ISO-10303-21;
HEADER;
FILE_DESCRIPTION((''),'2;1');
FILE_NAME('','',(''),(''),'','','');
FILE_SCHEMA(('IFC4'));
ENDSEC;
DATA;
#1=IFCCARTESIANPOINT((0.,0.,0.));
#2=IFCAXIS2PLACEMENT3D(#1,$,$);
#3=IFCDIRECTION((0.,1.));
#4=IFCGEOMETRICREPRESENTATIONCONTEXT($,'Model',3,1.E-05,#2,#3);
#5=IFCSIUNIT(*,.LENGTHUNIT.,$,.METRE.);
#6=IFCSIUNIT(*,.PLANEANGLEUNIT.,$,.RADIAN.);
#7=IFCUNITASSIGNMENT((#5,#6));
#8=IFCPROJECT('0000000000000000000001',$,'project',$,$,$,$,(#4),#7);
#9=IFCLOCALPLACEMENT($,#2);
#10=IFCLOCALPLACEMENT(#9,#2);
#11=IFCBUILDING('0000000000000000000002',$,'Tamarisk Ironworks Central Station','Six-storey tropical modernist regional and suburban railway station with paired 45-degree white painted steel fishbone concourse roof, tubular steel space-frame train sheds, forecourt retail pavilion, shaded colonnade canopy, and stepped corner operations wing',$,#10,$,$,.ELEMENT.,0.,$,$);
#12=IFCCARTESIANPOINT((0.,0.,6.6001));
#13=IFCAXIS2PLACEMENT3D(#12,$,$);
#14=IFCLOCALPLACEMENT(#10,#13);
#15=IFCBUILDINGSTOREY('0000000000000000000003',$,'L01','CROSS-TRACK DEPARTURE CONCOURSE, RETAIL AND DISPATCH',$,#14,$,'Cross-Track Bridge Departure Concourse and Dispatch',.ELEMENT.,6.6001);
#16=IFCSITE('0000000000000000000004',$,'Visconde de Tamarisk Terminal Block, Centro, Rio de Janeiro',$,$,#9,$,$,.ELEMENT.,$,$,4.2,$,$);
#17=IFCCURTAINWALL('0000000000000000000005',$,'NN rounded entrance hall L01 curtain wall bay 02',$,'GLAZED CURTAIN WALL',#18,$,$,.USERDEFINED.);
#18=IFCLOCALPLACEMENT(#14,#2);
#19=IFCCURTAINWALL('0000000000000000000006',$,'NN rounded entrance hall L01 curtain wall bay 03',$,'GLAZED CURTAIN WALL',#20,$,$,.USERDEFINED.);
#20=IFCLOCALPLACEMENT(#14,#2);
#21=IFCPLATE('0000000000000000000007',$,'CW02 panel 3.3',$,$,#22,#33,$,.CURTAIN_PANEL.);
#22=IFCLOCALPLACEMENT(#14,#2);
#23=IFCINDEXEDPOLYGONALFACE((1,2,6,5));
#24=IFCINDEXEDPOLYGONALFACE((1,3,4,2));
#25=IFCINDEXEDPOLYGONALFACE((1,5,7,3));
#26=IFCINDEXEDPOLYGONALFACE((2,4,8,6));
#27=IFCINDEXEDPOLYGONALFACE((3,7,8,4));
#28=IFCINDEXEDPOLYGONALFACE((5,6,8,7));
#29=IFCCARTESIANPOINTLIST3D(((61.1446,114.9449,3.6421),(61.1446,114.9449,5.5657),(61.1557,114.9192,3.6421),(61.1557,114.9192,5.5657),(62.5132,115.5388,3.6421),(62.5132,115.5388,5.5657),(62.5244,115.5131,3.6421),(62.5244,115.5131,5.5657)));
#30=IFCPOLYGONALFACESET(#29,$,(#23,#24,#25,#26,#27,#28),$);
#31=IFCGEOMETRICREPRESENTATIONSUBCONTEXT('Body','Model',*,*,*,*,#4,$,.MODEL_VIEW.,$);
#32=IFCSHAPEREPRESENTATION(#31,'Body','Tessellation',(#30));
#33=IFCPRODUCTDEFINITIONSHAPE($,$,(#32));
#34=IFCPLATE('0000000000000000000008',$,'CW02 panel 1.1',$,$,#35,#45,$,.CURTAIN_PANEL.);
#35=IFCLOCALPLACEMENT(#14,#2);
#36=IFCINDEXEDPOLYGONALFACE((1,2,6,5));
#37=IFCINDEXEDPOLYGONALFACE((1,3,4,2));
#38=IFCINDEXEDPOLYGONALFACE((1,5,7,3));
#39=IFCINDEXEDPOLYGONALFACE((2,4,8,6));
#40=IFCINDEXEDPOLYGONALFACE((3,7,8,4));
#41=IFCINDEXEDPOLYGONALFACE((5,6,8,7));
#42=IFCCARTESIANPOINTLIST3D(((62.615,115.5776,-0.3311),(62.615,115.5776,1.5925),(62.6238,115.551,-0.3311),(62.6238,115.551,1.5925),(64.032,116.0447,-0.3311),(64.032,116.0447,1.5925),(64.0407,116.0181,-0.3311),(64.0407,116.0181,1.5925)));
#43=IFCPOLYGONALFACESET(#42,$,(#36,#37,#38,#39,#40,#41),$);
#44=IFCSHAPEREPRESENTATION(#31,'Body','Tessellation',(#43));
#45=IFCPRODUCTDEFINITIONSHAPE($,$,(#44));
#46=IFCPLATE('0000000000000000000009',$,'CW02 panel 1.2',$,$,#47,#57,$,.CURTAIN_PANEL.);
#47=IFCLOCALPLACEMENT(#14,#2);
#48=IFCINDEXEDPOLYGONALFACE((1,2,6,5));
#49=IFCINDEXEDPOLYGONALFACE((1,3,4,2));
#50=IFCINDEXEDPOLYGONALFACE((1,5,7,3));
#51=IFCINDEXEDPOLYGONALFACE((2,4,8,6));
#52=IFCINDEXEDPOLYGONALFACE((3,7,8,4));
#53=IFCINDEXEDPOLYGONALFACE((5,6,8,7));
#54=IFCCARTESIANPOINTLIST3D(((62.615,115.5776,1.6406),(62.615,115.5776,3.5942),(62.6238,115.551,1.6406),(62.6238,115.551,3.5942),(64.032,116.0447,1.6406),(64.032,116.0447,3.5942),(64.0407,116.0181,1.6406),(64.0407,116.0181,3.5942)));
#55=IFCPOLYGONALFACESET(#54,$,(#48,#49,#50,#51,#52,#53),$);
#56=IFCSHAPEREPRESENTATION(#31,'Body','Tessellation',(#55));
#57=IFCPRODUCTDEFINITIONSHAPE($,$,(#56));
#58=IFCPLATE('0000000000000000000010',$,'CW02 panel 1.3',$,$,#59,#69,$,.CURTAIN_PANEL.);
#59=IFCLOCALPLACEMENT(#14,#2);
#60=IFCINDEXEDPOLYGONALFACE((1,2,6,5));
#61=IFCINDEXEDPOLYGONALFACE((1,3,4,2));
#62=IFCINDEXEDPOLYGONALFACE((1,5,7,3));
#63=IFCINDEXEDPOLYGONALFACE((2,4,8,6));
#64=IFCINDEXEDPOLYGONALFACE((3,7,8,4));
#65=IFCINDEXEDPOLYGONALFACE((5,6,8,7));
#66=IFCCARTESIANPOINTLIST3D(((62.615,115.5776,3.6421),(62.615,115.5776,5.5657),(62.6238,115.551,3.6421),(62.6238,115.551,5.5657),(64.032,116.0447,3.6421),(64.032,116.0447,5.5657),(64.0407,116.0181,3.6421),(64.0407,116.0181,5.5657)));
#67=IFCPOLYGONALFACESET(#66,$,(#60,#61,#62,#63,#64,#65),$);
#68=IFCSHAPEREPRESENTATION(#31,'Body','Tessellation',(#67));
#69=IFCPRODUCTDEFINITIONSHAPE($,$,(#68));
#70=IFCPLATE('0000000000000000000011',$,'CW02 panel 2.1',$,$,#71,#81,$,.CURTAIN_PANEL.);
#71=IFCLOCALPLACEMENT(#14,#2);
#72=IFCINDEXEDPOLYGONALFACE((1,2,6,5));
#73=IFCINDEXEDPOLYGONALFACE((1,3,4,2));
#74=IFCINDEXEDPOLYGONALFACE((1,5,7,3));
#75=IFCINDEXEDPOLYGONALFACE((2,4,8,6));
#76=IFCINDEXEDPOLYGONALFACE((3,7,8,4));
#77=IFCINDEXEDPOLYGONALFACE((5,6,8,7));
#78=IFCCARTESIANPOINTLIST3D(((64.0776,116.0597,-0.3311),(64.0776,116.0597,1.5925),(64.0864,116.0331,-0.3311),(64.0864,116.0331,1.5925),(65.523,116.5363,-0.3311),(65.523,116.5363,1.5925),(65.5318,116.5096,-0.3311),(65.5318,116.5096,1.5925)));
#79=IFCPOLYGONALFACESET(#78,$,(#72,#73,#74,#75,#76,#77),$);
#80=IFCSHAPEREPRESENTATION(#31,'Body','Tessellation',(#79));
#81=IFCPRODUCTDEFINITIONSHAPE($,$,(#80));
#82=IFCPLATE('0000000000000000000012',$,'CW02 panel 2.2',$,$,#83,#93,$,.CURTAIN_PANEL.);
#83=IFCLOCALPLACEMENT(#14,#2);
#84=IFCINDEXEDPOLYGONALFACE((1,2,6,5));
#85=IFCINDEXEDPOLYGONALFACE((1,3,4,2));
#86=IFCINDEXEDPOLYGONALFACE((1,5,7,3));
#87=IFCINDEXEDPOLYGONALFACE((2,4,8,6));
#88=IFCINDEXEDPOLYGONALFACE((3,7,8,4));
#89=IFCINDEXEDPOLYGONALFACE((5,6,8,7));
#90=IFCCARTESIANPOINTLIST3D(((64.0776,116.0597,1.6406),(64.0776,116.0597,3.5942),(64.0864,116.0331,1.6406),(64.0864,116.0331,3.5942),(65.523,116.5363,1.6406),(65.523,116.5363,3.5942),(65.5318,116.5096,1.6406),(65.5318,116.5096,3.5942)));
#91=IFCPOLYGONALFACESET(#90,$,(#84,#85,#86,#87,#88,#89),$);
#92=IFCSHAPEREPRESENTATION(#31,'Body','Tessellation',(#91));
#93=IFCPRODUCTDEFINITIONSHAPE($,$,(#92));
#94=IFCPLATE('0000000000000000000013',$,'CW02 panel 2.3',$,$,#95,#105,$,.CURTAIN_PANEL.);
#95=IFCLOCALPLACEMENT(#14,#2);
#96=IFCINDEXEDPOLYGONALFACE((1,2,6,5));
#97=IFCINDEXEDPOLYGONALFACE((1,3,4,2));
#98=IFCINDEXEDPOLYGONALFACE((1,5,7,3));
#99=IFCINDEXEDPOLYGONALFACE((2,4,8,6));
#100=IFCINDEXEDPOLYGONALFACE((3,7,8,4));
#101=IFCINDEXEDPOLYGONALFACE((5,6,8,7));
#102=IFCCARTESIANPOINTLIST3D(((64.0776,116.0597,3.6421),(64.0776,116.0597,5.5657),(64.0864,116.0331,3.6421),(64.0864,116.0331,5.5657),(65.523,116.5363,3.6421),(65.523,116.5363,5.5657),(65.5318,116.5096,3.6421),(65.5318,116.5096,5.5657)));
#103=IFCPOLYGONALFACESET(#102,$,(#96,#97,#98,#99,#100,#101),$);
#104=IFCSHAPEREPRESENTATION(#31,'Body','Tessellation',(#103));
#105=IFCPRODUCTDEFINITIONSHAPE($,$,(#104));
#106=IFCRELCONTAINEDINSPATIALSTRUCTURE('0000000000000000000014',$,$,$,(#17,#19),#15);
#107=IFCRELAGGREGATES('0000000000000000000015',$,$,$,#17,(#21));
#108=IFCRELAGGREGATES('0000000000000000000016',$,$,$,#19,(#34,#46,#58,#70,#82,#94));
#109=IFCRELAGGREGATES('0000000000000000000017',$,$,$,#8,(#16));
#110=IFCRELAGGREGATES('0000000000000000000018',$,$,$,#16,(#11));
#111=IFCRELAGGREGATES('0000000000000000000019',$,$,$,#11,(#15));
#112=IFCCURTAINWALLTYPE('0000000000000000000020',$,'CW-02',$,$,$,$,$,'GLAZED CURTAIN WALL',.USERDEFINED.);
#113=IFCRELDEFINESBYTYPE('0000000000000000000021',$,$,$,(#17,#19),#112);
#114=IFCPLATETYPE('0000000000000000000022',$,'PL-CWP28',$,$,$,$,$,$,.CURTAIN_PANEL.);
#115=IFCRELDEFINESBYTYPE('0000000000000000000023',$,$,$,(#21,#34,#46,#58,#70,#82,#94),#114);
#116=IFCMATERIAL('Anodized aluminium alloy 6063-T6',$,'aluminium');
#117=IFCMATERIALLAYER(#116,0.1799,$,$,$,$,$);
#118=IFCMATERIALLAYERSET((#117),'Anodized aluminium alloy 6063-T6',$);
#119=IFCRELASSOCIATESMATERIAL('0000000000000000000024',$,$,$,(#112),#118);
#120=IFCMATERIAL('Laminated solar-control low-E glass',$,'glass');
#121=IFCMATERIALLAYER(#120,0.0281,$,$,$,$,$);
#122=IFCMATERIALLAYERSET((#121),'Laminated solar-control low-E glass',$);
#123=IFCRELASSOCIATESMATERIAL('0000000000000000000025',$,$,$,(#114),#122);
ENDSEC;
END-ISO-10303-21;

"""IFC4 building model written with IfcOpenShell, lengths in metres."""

from ifc_helpers import new_model, si_unit, direction, frame, origin, origin_2d, place, context, subcontext, project, spatial, rectangle, extrude, material, layer, layer_set, type_object, element, aggregate, save


model = new_model("IFC4")

# Units and contexts
model_context = context("Model", 3, precision=1e-05, world=origin(), true_north=direction((0.0, 1.0)))
body_context = subcontext(model_context, "Body", "Model", "MODEL_VIEW")
ifc_project = project(units=[si_unit("LENGTHUNIT", "METRE"), si_unit("PLANEANGLEUNIT", "RADIAN")], contexts=[model_context])

# Site, building, storey
site_placement = place(None, origin())
site = spatial("IfcSite", under=ifc_project, at=site_placement, Name="Visconde de Tamarisk Terminal Block, Centro, Rio de Janeiro", CompositionType="ELEMENT", RefElevation=4.2)
building_placement = place(site_placement, origin())
building = spatial("IfcBuilding", under=site, at=building_placement, Name="Tamarisk Ironworks Central Station", Description="Six-storey tropical modernist regional and suburban railway station with paired 45-degree white painted steel fishbone concourse roof, tubular steel space-frame train sheds, forecourt retail pavilion, shaded colonnade canopy, and stepped corner operations wing", CompositionType="ELEMENT", ElevationOfRefHeight=0.0)
storey_placement = place(building_placement, frame((0.0, 0.0, 6.6001)))
storey = spatial("IfcBuildingStorey", under=building, at=storey_placement, Name="L01", Description="CROSS-TRACK DEPARTURE CONCOURSE, RETAIL AND DISPATCH", LongName="Cross-Track Bridge Departure Concourse and Dispatch", CompositionType="ELEMENT", Elevation=6.6001)

# Curtain wall
ifc_material_1 = material(Name="Anodized aluminium alloy 6063-T6", Category="aluminium")
ifc_layer_1 = layer(ifc_material_1, 0.1799)
ifc_layer_set_1 = layer_set([ifc_layer_1], Name="Anodized aluminium alloy 6063-T6")
curtain_wall_type = type_object("IfcCurtainWallType", Name="CW-02", ElementType="GLAZED CURTAIN WALL", PredefinedType="USERDEFINED", material=ifc_layer_set_1)
curtain_wall_1_placement = place(storey_placement, origin())
curtain_wall_1 = element("IfcCurtainWall", 1, at=curtain_wall_1_placement, inside=storey, type_object=curtain_wall_type, Name="NN rounded entrance hall L01 curtain wall bay 02", ObjectType="GLAZED CURTAIN WALL", PredefinedType="USERDEFINED")

# Curtain wall
curtain_wall_2_placement = place(storey_placement, origin())
curtain_wall_2 = element("IfcCurtainWall", 2, at=curtain_wall_2_placement, inside=storey, type_object=curtain_wall_type, Name="NN rounded entrance hall L01 curtain wall bay 03", ObjectType="GLAZED CURTAIN WALL", PredefinedType="USERDEFINED")

# Plates
ifc_material_2 = material(Name="Laminated solar-control low-E glass", Category="glass")
ifc_layer_2 = layer(ifc_material_2, 0.0281)
ifc_layer_set_2 = layer_set([ifc_layer_2], Name="Laminated solar-control low-E glass")
plate_type = type_object("IfcPlateType", Name="PL-CWP28", PredefinedType="CURTAIN_PANEL", material=ifc_layer_set_2)
plate_1_placement = place(storey_placement, frame((61.8345, 115.229, 3.6421), z_axis=(0.0, 0.0, 1.0), x_axis=(0.917352, 0.398077, 0.0)))
plate_1 = element("IfcPlate", 3, at=plate_1_placement, type_object=plate_type, Name="CW02 panel 3.3", PredefinedType="CURTAIN_PANEL", context=body_context, shape_type="SweptSolid", body=[
    extrude(rectangle(XDim=1.4919, YDim=0.0281, at=origin_2d()), origin(), (0.0, 0.0, 1.0), 1.9236),
])
aggregate(curtain_wall_1, [plate_1])
plate_2_placement = place(storey_placement, frame((63.3279, 115.7979, -0.3311), z_axis=(0.0, 0.0, 1.0), x_axis=(0.949721, 0.313098, 0.0)))
plate_2 = element("IfcPlate", 4, at=plate_2_placement, type_object=plate_type, Name="CW02 panel 1.1", PredefinedType="CURTAIN_PANEL", context=body_context, shape_type="SweptSolid", body=[
    extrude(rectangle(XDim=1.4919, YDim=0.0281, at=origin_2d()), origin(), (0.0, 0.0, 1.0), 1.9236),
])
plate_3_placement = place(storey_placement, frame((63.3279, 115.7979, 1.6406), z_axis=(0.0, 0.0, 1.0), x_axis=(0.949721, 0.313098, 0.0)))
plate_3 = element("IfcPlate", 5, at=plate_3_placement, type_object=plate_type, Name="CW02 panel 1.2", PredefinedType="CURTAIN_PANEL", context=body_context, shape_type="SweptSolid", body=[
    extrude(rectangle(XDim=1.4919, YDim=0.0281, at=origin_2d()), origin(), (0.0, 0.0, 1.0), 1.9536),
])
plate_4_placement = place(storey_placement, frame((63.3279, 115.7979, 3.6421), z_axis=(0.0, 0.0, 1.0), x_axis=(0.949721, 0.313098, 0.0)))
plate_4 = element("IfcPlate", 6, at=plate_4_placement, type_object=plate_type, Name="CW02 panel 1.3", PredefinedType="CURTAIN_PANEL", context=body_context, shape_type="SweptSolid", body=[
    extrude(rectangle(XDim=1.4919, YDim=0.0281, at=origin_2d()), origin(), (0.0, 0.0, 1.0), 1.9236),
])
plate_5_placement = place(storey_placement, frame((64.8047, 116.2847, -0.3311), z_axis=(0.0, 0.0, 1.0), x_axis=(0.949721, 0.313098, 0.0)))
plate_5 = element("IfcPlate", 7, at=plate_5_placement, type_object=plate_type, Name="CW02 panel 2.1", PredefinedType="CURTAIN_PANEL", context=body_context, shape_type="SweptSolid", body=[
    extrude(rectangle(XDim=1.522, YDim=0.0281, at=origin_2d()), origin(), (0.0, 0.0, 1.0), 1.9236),
])
plate_6_placement = place(storey_placement, frame((64.8047, 116.2847, 1.6406), z_axis=(0.0, 0.0, 1.0), x_axis=(0.949721, 0.313098, 0.0)))
plate_6 = element("IfcPlate", 8, at=plate_6_placement, type_object=plate_type, Name="CW02 panel 2.2", PredefinedType="CURTAIN_PANEL", context=body_context, shape_type="SweptSolid", body=[
    extrude(rectangle(XDim=1.522, YDim=0.0281, at=origin_2d()), origin(), (0.0, 0.0, 1.0), 1.9536),
])
plate_7_placement = place(storey_placement, frame((64.8047, 116.2847, 3.6421), z_axis=(0.0, 0.0, 1.0), x_axis=(0.949721, 0.313098, 0.0)))
plate_7 = element("IfcPlate", 9, at=plate_7_placement, type_object=plate_type, Name="CW02 panel 2.3", PredefinedType="CURTAIN_PANEL", context=body_context, shape_type="SweptSolid", body=[
    extrude(rectangle(XDim=1.522, YDim=0.0281, at=origin_2d()), origin(), (0.0, 0.0, 1.0), 1.9236),
])
aggregate(curtain_wall_2, [plate_2, plate_3, plate_4, plate_5, plate_6, plate_7])

save(model, "model.ifc")
